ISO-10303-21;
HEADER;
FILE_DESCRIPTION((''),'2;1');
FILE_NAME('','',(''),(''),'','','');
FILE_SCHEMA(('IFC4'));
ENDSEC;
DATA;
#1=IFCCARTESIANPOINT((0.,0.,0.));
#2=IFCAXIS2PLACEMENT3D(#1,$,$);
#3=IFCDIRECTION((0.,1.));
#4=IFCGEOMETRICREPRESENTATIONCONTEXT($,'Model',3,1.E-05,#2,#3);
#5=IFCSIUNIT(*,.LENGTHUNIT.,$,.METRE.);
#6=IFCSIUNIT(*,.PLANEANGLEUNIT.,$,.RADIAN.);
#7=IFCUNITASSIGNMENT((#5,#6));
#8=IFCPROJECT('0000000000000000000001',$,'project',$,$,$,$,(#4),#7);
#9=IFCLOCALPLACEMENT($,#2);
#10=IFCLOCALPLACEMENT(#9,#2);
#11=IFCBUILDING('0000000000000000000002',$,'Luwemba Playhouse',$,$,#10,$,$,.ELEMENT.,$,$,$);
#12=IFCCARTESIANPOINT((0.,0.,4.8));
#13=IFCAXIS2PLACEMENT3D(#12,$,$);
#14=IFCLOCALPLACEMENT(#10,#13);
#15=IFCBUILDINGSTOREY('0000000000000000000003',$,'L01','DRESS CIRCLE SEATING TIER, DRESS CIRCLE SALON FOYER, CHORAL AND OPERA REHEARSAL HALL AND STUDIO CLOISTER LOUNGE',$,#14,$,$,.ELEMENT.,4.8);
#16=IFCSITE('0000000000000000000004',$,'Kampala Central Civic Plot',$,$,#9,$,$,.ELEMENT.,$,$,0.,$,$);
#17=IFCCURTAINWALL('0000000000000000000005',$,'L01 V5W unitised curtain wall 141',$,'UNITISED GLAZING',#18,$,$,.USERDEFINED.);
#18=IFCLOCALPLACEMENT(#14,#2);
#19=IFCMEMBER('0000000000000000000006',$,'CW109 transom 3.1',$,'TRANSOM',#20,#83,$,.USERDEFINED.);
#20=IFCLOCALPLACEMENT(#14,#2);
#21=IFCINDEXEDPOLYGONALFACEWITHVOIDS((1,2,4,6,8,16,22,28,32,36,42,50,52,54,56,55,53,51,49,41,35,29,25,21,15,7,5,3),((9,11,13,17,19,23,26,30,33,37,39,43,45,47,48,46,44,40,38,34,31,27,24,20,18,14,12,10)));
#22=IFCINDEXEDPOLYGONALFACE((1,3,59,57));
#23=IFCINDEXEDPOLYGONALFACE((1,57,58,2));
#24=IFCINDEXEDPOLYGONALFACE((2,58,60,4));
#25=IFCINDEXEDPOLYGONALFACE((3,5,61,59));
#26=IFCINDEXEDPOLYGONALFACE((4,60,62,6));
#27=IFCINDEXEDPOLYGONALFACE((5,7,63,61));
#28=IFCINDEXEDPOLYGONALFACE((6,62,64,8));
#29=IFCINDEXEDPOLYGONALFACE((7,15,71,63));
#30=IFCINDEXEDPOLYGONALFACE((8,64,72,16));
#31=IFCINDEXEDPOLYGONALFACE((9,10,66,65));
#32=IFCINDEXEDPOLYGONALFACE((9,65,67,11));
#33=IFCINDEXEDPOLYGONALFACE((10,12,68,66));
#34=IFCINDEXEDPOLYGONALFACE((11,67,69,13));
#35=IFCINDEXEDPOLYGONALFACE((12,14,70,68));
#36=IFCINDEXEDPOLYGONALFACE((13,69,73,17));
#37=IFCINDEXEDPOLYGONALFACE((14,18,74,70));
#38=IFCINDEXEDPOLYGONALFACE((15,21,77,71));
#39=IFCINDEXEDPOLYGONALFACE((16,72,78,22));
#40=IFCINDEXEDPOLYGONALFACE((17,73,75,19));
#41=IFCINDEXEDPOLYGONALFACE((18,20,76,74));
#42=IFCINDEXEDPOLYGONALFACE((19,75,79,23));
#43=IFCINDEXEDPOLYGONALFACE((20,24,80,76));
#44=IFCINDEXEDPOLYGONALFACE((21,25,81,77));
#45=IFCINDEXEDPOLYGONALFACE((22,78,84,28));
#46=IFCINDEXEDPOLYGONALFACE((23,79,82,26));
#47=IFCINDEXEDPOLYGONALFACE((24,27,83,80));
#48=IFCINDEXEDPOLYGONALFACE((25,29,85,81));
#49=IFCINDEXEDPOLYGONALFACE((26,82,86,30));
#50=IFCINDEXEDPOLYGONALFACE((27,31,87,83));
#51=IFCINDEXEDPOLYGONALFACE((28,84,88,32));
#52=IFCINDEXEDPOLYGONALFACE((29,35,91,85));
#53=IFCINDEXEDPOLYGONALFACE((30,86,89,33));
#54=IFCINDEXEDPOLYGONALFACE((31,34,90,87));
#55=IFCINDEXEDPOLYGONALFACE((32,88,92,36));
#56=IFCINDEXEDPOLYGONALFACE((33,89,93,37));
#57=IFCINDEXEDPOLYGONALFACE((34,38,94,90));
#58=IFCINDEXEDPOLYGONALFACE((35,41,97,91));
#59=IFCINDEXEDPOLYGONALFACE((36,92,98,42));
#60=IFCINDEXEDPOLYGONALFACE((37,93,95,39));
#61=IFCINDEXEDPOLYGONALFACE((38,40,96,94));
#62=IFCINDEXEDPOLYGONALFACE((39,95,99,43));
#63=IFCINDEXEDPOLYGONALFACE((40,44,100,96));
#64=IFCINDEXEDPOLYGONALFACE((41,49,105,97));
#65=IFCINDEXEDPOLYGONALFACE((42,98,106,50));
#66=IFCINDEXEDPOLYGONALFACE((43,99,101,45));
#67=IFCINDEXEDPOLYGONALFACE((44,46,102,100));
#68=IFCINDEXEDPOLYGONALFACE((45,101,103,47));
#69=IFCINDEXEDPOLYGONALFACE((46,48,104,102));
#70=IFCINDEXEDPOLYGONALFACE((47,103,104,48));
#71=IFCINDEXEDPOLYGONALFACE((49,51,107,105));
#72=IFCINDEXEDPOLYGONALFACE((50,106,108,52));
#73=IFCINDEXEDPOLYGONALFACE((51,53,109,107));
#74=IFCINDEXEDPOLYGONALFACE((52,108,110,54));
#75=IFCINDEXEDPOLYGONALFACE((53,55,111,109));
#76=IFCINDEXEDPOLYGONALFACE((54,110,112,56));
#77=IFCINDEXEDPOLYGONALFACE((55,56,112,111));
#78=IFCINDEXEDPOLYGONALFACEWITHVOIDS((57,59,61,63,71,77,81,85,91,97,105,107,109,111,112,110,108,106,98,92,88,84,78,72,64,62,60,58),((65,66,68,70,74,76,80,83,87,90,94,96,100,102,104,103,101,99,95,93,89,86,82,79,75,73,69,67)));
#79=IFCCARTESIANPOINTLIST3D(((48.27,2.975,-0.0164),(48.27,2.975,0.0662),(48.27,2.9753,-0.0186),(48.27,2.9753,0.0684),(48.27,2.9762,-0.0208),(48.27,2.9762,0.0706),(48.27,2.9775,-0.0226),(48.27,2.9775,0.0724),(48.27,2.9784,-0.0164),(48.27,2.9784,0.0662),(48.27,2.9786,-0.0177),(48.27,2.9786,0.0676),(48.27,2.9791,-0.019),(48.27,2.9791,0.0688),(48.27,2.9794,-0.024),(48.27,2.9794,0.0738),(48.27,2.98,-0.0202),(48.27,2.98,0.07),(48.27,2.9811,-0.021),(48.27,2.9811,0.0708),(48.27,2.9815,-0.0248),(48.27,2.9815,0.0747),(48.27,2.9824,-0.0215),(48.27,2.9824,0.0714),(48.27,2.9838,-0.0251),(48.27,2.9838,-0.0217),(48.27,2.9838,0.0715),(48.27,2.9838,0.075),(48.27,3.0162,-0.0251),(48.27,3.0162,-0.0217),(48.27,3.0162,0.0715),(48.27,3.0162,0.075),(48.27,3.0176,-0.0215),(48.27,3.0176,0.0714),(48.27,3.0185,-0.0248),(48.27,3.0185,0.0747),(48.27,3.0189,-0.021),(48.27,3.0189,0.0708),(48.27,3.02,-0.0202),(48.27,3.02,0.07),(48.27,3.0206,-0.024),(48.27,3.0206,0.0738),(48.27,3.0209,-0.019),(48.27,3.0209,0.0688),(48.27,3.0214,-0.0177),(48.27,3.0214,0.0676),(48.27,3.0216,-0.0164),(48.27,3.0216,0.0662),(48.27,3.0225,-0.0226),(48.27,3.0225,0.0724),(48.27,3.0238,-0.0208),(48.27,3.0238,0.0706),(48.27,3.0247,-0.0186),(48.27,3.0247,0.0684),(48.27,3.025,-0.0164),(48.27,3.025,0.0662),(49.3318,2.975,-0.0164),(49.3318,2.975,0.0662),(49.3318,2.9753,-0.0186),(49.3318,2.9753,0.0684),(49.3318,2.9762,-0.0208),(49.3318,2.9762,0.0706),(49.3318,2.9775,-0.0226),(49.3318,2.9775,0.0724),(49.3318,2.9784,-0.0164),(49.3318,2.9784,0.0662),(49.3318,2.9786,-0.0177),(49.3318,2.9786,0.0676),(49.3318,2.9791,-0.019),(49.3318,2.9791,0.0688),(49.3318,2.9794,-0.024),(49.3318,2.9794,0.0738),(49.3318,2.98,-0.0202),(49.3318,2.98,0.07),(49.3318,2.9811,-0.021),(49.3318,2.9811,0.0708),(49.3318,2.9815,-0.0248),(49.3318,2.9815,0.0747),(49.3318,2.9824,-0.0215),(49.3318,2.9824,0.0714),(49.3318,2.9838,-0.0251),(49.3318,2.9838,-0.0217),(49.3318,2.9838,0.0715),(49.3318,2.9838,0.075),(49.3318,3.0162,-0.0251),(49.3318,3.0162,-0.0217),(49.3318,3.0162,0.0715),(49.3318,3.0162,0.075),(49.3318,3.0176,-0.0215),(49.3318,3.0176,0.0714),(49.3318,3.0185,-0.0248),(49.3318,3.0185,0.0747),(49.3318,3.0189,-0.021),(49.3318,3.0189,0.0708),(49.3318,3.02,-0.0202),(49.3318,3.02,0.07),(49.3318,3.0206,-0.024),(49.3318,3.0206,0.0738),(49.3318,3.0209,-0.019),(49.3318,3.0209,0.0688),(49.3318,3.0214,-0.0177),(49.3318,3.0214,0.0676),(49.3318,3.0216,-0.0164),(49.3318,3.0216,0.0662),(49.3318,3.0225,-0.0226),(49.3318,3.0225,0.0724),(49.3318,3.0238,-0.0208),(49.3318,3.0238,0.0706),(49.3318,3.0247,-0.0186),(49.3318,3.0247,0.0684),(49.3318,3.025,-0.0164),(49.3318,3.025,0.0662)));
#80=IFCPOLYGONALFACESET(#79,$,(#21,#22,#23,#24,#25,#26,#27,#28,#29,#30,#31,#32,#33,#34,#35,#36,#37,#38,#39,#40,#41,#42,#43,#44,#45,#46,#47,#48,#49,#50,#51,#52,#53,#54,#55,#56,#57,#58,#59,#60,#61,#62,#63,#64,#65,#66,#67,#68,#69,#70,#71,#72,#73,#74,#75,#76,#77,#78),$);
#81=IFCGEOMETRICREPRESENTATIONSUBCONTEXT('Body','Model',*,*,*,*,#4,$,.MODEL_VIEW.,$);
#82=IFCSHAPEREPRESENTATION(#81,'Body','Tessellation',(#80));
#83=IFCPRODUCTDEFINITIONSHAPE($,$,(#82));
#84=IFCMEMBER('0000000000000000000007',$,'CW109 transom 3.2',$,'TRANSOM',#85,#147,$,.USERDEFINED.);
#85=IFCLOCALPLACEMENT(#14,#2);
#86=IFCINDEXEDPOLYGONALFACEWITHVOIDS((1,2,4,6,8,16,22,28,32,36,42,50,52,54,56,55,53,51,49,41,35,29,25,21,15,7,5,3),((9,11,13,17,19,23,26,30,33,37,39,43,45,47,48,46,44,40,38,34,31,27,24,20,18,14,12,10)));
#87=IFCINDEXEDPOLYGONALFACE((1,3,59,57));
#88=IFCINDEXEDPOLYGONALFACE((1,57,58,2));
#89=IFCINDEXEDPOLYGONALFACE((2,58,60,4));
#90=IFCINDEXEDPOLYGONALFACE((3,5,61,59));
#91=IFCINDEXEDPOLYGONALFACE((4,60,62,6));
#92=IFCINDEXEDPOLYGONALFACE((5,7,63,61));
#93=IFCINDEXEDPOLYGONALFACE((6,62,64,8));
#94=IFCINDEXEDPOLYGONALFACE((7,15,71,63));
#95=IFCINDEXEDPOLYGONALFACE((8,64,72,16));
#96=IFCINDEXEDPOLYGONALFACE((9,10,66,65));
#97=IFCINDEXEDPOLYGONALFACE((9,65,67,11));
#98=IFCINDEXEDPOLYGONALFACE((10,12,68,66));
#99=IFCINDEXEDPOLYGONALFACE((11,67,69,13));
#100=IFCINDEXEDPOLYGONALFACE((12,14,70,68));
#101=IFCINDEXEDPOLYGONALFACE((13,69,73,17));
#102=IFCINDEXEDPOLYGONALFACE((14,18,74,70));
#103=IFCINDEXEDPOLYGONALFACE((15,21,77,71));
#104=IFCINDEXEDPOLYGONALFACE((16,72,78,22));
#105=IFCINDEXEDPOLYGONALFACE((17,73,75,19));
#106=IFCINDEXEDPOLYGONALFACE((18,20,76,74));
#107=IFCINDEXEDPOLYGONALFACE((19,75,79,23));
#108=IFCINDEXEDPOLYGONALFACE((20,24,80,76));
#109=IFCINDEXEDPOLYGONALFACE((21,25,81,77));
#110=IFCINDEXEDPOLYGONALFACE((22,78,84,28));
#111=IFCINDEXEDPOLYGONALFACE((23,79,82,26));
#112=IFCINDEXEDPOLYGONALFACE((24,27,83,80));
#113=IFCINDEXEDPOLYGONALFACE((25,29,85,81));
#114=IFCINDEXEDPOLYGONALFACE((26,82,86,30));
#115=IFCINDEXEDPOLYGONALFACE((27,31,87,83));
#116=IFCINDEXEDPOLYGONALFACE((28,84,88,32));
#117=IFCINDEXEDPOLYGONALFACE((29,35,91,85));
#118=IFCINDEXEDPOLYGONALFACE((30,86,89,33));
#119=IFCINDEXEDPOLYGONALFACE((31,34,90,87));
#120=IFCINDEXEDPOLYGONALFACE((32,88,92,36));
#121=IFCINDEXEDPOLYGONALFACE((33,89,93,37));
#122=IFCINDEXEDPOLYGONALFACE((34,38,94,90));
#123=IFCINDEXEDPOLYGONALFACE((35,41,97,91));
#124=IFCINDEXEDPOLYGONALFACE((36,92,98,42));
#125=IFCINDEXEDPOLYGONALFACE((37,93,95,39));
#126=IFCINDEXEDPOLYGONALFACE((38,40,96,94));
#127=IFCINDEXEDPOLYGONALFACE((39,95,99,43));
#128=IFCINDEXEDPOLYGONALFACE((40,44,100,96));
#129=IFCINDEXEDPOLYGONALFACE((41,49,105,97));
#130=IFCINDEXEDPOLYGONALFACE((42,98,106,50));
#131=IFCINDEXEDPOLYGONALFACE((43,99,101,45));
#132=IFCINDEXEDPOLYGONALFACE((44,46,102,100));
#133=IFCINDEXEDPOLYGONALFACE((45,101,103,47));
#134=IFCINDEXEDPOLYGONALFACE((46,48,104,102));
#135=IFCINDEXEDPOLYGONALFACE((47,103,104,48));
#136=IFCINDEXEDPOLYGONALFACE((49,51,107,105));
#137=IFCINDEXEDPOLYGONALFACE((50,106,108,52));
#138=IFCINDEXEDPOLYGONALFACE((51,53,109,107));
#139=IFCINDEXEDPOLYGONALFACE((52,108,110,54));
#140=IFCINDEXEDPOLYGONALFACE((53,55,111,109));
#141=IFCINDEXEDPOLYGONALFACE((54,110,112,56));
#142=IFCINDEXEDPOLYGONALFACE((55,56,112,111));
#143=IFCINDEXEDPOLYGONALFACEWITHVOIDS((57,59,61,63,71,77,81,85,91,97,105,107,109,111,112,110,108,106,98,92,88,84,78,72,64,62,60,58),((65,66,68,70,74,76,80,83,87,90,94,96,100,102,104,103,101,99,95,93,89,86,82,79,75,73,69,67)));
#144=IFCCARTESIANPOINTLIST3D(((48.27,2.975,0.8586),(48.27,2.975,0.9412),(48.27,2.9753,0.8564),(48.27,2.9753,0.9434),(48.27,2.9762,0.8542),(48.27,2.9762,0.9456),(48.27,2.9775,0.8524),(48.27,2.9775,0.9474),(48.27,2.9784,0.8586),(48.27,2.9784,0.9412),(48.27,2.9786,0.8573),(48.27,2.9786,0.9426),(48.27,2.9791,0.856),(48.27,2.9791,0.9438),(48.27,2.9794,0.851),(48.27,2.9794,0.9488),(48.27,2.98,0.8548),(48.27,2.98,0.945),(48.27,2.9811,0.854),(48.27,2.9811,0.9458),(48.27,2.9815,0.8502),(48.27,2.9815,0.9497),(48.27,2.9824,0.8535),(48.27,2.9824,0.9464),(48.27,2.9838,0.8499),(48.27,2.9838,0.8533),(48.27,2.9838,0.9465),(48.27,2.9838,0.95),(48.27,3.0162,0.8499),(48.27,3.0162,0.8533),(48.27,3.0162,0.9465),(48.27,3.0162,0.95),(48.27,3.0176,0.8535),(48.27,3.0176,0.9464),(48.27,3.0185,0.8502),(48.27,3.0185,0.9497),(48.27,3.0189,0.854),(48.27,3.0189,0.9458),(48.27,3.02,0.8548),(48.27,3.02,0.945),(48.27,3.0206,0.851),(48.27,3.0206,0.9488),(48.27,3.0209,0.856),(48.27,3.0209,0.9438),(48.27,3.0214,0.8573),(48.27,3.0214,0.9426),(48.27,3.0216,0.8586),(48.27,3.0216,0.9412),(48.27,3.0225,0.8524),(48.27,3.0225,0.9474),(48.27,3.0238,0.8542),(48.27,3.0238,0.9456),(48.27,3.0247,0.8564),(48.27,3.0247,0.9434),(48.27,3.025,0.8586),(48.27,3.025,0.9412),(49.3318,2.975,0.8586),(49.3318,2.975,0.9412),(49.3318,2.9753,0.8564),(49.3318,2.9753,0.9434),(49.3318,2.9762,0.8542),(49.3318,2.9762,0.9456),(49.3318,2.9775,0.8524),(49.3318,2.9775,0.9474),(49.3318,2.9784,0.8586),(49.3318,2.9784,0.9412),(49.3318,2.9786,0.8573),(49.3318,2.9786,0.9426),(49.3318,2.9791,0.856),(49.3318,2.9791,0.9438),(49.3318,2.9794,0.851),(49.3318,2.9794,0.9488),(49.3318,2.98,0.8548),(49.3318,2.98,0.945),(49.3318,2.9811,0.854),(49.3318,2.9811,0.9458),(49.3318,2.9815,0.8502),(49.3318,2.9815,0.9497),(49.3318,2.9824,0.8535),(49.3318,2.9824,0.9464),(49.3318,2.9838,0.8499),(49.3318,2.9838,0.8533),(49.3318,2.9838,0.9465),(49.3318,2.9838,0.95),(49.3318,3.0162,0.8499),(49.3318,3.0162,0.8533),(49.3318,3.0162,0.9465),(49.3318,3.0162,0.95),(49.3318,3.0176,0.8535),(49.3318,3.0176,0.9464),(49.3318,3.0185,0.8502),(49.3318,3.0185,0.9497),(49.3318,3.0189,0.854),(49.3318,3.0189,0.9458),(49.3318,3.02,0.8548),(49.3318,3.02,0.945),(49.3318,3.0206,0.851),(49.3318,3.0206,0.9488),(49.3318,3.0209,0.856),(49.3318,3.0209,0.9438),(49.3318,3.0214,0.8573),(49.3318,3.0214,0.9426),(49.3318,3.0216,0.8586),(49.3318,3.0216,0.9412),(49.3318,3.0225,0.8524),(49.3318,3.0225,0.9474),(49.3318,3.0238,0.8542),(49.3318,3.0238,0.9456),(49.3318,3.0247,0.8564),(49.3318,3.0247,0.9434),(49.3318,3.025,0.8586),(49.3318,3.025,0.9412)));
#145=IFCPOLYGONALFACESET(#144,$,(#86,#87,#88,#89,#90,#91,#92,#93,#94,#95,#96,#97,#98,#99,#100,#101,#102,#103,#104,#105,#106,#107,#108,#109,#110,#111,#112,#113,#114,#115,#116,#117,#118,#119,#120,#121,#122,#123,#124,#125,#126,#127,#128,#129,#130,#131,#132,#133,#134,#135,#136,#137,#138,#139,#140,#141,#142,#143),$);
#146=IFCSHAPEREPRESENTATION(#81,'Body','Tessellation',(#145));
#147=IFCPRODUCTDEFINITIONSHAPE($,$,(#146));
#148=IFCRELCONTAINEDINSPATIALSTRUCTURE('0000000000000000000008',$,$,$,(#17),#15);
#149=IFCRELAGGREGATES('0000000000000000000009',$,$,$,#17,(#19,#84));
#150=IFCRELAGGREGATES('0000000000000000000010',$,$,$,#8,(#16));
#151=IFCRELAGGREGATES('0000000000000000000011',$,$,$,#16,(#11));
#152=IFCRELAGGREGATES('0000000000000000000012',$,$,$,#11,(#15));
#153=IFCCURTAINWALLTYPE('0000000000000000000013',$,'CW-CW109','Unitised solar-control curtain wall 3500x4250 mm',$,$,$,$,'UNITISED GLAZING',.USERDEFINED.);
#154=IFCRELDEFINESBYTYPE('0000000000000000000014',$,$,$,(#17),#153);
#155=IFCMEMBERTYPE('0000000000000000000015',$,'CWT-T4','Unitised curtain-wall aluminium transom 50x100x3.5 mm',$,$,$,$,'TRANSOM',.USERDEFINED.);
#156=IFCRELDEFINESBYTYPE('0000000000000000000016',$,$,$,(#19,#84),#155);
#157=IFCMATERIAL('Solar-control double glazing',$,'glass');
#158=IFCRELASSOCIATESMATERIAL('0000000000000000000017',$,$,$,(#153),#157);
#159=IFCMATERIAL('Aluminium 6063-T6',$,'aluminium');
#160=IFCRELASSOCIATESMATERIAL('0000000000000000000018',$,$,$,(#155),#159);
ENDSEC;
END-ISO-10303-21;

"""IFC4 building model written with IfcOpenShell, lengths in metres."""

from ifc_helpers import new_model, si_unit, direction, frame, origin, origin_2d, place, context, subcontext, project, spatial, hollow_rectangle, extrude, material, material_profile, profile_set, type_object, element, aggregate, save


model = new_model("IFC4")

# Units and contexts
model_context = context("Model", 3, precision=1e-05, world=origin(), true_north=direction((0.0, 1.0)))
body_context = subcontext(model_context, "Body", "Model", "MODEL_VIEW")
ifc_project = project(units=[si_unit("LENGTHUNIT", "METRE"), si_unit("PLANEANGLEUNIT", "RADIAN")], contexts=[model_context])

# Site, building, storey
site_placement = place(None, origin())
site = spatial("IfcSite", under=ifc_project, at=site_placement, Name="Kampala Central Civic Plot", CompositionType="ELEMENT", RefElevation=0.0)
building_placement = place(site_placement, origin())
building = spatial("IfcBuilding", under=site, at=building_placement, Name="Luwemba Playhouse", CompositionType="ELEMENT")
storey_placement = place(building_placement, frame((0.0, 0.0, 4.8)))
storey = spatial("IfcBuildingStorey", under=building, at=storey_placement, Name="L01", Description="DRESS CIRCLE SEATING TIER, DRESS CIRCLE SALON FOYER, CHORAL AND OPERA REHEARSAL HALL AND STUDIO CLOISTER LOUNGE", CompositionType="ELEMENT", Elevation=4.8)

# Shared definitions
ifc_material_1 = material(Name="Solar-control double glazing", Category="glass")
ifc_material_2 = material(Name="Aluminium 6063-T6", Category="aluminium")

# Curtain wall
curtain_wall_type_1 = type_object("IfcCurtainWallType", Name="CW-CW109", Description="Unitised solar-control curtain wall 3500x4250 mm", ElementType="UNITISED GLAZING", PredefinedType="USERDEFINED", material=ifc_material_1)
curtain_wall_1_placement = place(storey_placement, origin())
curtain_wall_1 = element("IfcCurtainWall", 1, at=curtain_wall_1_placement, inside=storey, type_object=curtain_wall_type_1, Name="L01 V5W unitised curtain wall 141", ObjectType="UNITISED GLAZING", PredefinedType="USERDEFINED")

# Members
ifc_material_profile_1 = material_profile(ifc_material_2, hollow_rectangle(XDim=0.05, YDim=0.1001, WallThickness=0.0034, InnerFilletRadius=0.0054, OuterFilletRadius=0.0088, at=origin_2d()))
ifc_profile_set_1 = profile_set([ifc_material_profile_1], Name="Aluminium 6063-T6")
member_type_1 = type_object("IfcMemberType", Name="CWT-T4", Description="Unitised curtain-wall aluminium transom 50x100x3.5 mm", ElementType="TRANSOM", PredefinedType="USERDEFINED", material=ifc_profile_set_1)
member_1_placement = place(storey_placement, frame((49.3318, 3.0, 0.0249), z_axis=(-1.0, 0.0, 0.0), x_axis=(0.0, -1.0, 0.0)))
member_1 = element("IfcMember", 2, at=member_1_placement, type_object=member_type_1, Name="CW109 transom 3.1", ObjectType="TRANSOM", PredefinedType="USERDEFINED", context=body_context, shape_type="SweptSolid", body=[
    extrude(hollow_rectangle(XDim=0.05, YDim=0.1001, WallThickness=0.0034, InnerFilletRadius=0.0054, OuterFilletRadius=0.0088, at=origin_2d()), origin(), (0.0, 0.0, 1.0), 1.0618),
])
member_2_placement = place(storey_placement, frame((49.3318, 3.0, 0.8999), z_axis=(-1.0, 0.0, 0.0), x_axis=(0.0, -1.0, 0.0)))
member_2 = element("IfcMember", 3, at=member_2_placement, type_object=member_type_1, Name="CW109 transom 3.2", ObjectType="TRANSOM", PredefinedType="USERDEFINED", context=body_context, shape_type="SweptSolid", body=[
    extrude(hollow_rectangle(XDim=0.05, YDim=0.1001, WallThickness=0.0034, InnerFilletRadius=0.0054, OuterFilletRadius=0.0088, at=origin_2d()), origin(), (0.0, 0.0, 1.0), 1.0618),
])

aggregate(curtain_wall_1, [member_1, member_2])

save(model, "model.ifc")
